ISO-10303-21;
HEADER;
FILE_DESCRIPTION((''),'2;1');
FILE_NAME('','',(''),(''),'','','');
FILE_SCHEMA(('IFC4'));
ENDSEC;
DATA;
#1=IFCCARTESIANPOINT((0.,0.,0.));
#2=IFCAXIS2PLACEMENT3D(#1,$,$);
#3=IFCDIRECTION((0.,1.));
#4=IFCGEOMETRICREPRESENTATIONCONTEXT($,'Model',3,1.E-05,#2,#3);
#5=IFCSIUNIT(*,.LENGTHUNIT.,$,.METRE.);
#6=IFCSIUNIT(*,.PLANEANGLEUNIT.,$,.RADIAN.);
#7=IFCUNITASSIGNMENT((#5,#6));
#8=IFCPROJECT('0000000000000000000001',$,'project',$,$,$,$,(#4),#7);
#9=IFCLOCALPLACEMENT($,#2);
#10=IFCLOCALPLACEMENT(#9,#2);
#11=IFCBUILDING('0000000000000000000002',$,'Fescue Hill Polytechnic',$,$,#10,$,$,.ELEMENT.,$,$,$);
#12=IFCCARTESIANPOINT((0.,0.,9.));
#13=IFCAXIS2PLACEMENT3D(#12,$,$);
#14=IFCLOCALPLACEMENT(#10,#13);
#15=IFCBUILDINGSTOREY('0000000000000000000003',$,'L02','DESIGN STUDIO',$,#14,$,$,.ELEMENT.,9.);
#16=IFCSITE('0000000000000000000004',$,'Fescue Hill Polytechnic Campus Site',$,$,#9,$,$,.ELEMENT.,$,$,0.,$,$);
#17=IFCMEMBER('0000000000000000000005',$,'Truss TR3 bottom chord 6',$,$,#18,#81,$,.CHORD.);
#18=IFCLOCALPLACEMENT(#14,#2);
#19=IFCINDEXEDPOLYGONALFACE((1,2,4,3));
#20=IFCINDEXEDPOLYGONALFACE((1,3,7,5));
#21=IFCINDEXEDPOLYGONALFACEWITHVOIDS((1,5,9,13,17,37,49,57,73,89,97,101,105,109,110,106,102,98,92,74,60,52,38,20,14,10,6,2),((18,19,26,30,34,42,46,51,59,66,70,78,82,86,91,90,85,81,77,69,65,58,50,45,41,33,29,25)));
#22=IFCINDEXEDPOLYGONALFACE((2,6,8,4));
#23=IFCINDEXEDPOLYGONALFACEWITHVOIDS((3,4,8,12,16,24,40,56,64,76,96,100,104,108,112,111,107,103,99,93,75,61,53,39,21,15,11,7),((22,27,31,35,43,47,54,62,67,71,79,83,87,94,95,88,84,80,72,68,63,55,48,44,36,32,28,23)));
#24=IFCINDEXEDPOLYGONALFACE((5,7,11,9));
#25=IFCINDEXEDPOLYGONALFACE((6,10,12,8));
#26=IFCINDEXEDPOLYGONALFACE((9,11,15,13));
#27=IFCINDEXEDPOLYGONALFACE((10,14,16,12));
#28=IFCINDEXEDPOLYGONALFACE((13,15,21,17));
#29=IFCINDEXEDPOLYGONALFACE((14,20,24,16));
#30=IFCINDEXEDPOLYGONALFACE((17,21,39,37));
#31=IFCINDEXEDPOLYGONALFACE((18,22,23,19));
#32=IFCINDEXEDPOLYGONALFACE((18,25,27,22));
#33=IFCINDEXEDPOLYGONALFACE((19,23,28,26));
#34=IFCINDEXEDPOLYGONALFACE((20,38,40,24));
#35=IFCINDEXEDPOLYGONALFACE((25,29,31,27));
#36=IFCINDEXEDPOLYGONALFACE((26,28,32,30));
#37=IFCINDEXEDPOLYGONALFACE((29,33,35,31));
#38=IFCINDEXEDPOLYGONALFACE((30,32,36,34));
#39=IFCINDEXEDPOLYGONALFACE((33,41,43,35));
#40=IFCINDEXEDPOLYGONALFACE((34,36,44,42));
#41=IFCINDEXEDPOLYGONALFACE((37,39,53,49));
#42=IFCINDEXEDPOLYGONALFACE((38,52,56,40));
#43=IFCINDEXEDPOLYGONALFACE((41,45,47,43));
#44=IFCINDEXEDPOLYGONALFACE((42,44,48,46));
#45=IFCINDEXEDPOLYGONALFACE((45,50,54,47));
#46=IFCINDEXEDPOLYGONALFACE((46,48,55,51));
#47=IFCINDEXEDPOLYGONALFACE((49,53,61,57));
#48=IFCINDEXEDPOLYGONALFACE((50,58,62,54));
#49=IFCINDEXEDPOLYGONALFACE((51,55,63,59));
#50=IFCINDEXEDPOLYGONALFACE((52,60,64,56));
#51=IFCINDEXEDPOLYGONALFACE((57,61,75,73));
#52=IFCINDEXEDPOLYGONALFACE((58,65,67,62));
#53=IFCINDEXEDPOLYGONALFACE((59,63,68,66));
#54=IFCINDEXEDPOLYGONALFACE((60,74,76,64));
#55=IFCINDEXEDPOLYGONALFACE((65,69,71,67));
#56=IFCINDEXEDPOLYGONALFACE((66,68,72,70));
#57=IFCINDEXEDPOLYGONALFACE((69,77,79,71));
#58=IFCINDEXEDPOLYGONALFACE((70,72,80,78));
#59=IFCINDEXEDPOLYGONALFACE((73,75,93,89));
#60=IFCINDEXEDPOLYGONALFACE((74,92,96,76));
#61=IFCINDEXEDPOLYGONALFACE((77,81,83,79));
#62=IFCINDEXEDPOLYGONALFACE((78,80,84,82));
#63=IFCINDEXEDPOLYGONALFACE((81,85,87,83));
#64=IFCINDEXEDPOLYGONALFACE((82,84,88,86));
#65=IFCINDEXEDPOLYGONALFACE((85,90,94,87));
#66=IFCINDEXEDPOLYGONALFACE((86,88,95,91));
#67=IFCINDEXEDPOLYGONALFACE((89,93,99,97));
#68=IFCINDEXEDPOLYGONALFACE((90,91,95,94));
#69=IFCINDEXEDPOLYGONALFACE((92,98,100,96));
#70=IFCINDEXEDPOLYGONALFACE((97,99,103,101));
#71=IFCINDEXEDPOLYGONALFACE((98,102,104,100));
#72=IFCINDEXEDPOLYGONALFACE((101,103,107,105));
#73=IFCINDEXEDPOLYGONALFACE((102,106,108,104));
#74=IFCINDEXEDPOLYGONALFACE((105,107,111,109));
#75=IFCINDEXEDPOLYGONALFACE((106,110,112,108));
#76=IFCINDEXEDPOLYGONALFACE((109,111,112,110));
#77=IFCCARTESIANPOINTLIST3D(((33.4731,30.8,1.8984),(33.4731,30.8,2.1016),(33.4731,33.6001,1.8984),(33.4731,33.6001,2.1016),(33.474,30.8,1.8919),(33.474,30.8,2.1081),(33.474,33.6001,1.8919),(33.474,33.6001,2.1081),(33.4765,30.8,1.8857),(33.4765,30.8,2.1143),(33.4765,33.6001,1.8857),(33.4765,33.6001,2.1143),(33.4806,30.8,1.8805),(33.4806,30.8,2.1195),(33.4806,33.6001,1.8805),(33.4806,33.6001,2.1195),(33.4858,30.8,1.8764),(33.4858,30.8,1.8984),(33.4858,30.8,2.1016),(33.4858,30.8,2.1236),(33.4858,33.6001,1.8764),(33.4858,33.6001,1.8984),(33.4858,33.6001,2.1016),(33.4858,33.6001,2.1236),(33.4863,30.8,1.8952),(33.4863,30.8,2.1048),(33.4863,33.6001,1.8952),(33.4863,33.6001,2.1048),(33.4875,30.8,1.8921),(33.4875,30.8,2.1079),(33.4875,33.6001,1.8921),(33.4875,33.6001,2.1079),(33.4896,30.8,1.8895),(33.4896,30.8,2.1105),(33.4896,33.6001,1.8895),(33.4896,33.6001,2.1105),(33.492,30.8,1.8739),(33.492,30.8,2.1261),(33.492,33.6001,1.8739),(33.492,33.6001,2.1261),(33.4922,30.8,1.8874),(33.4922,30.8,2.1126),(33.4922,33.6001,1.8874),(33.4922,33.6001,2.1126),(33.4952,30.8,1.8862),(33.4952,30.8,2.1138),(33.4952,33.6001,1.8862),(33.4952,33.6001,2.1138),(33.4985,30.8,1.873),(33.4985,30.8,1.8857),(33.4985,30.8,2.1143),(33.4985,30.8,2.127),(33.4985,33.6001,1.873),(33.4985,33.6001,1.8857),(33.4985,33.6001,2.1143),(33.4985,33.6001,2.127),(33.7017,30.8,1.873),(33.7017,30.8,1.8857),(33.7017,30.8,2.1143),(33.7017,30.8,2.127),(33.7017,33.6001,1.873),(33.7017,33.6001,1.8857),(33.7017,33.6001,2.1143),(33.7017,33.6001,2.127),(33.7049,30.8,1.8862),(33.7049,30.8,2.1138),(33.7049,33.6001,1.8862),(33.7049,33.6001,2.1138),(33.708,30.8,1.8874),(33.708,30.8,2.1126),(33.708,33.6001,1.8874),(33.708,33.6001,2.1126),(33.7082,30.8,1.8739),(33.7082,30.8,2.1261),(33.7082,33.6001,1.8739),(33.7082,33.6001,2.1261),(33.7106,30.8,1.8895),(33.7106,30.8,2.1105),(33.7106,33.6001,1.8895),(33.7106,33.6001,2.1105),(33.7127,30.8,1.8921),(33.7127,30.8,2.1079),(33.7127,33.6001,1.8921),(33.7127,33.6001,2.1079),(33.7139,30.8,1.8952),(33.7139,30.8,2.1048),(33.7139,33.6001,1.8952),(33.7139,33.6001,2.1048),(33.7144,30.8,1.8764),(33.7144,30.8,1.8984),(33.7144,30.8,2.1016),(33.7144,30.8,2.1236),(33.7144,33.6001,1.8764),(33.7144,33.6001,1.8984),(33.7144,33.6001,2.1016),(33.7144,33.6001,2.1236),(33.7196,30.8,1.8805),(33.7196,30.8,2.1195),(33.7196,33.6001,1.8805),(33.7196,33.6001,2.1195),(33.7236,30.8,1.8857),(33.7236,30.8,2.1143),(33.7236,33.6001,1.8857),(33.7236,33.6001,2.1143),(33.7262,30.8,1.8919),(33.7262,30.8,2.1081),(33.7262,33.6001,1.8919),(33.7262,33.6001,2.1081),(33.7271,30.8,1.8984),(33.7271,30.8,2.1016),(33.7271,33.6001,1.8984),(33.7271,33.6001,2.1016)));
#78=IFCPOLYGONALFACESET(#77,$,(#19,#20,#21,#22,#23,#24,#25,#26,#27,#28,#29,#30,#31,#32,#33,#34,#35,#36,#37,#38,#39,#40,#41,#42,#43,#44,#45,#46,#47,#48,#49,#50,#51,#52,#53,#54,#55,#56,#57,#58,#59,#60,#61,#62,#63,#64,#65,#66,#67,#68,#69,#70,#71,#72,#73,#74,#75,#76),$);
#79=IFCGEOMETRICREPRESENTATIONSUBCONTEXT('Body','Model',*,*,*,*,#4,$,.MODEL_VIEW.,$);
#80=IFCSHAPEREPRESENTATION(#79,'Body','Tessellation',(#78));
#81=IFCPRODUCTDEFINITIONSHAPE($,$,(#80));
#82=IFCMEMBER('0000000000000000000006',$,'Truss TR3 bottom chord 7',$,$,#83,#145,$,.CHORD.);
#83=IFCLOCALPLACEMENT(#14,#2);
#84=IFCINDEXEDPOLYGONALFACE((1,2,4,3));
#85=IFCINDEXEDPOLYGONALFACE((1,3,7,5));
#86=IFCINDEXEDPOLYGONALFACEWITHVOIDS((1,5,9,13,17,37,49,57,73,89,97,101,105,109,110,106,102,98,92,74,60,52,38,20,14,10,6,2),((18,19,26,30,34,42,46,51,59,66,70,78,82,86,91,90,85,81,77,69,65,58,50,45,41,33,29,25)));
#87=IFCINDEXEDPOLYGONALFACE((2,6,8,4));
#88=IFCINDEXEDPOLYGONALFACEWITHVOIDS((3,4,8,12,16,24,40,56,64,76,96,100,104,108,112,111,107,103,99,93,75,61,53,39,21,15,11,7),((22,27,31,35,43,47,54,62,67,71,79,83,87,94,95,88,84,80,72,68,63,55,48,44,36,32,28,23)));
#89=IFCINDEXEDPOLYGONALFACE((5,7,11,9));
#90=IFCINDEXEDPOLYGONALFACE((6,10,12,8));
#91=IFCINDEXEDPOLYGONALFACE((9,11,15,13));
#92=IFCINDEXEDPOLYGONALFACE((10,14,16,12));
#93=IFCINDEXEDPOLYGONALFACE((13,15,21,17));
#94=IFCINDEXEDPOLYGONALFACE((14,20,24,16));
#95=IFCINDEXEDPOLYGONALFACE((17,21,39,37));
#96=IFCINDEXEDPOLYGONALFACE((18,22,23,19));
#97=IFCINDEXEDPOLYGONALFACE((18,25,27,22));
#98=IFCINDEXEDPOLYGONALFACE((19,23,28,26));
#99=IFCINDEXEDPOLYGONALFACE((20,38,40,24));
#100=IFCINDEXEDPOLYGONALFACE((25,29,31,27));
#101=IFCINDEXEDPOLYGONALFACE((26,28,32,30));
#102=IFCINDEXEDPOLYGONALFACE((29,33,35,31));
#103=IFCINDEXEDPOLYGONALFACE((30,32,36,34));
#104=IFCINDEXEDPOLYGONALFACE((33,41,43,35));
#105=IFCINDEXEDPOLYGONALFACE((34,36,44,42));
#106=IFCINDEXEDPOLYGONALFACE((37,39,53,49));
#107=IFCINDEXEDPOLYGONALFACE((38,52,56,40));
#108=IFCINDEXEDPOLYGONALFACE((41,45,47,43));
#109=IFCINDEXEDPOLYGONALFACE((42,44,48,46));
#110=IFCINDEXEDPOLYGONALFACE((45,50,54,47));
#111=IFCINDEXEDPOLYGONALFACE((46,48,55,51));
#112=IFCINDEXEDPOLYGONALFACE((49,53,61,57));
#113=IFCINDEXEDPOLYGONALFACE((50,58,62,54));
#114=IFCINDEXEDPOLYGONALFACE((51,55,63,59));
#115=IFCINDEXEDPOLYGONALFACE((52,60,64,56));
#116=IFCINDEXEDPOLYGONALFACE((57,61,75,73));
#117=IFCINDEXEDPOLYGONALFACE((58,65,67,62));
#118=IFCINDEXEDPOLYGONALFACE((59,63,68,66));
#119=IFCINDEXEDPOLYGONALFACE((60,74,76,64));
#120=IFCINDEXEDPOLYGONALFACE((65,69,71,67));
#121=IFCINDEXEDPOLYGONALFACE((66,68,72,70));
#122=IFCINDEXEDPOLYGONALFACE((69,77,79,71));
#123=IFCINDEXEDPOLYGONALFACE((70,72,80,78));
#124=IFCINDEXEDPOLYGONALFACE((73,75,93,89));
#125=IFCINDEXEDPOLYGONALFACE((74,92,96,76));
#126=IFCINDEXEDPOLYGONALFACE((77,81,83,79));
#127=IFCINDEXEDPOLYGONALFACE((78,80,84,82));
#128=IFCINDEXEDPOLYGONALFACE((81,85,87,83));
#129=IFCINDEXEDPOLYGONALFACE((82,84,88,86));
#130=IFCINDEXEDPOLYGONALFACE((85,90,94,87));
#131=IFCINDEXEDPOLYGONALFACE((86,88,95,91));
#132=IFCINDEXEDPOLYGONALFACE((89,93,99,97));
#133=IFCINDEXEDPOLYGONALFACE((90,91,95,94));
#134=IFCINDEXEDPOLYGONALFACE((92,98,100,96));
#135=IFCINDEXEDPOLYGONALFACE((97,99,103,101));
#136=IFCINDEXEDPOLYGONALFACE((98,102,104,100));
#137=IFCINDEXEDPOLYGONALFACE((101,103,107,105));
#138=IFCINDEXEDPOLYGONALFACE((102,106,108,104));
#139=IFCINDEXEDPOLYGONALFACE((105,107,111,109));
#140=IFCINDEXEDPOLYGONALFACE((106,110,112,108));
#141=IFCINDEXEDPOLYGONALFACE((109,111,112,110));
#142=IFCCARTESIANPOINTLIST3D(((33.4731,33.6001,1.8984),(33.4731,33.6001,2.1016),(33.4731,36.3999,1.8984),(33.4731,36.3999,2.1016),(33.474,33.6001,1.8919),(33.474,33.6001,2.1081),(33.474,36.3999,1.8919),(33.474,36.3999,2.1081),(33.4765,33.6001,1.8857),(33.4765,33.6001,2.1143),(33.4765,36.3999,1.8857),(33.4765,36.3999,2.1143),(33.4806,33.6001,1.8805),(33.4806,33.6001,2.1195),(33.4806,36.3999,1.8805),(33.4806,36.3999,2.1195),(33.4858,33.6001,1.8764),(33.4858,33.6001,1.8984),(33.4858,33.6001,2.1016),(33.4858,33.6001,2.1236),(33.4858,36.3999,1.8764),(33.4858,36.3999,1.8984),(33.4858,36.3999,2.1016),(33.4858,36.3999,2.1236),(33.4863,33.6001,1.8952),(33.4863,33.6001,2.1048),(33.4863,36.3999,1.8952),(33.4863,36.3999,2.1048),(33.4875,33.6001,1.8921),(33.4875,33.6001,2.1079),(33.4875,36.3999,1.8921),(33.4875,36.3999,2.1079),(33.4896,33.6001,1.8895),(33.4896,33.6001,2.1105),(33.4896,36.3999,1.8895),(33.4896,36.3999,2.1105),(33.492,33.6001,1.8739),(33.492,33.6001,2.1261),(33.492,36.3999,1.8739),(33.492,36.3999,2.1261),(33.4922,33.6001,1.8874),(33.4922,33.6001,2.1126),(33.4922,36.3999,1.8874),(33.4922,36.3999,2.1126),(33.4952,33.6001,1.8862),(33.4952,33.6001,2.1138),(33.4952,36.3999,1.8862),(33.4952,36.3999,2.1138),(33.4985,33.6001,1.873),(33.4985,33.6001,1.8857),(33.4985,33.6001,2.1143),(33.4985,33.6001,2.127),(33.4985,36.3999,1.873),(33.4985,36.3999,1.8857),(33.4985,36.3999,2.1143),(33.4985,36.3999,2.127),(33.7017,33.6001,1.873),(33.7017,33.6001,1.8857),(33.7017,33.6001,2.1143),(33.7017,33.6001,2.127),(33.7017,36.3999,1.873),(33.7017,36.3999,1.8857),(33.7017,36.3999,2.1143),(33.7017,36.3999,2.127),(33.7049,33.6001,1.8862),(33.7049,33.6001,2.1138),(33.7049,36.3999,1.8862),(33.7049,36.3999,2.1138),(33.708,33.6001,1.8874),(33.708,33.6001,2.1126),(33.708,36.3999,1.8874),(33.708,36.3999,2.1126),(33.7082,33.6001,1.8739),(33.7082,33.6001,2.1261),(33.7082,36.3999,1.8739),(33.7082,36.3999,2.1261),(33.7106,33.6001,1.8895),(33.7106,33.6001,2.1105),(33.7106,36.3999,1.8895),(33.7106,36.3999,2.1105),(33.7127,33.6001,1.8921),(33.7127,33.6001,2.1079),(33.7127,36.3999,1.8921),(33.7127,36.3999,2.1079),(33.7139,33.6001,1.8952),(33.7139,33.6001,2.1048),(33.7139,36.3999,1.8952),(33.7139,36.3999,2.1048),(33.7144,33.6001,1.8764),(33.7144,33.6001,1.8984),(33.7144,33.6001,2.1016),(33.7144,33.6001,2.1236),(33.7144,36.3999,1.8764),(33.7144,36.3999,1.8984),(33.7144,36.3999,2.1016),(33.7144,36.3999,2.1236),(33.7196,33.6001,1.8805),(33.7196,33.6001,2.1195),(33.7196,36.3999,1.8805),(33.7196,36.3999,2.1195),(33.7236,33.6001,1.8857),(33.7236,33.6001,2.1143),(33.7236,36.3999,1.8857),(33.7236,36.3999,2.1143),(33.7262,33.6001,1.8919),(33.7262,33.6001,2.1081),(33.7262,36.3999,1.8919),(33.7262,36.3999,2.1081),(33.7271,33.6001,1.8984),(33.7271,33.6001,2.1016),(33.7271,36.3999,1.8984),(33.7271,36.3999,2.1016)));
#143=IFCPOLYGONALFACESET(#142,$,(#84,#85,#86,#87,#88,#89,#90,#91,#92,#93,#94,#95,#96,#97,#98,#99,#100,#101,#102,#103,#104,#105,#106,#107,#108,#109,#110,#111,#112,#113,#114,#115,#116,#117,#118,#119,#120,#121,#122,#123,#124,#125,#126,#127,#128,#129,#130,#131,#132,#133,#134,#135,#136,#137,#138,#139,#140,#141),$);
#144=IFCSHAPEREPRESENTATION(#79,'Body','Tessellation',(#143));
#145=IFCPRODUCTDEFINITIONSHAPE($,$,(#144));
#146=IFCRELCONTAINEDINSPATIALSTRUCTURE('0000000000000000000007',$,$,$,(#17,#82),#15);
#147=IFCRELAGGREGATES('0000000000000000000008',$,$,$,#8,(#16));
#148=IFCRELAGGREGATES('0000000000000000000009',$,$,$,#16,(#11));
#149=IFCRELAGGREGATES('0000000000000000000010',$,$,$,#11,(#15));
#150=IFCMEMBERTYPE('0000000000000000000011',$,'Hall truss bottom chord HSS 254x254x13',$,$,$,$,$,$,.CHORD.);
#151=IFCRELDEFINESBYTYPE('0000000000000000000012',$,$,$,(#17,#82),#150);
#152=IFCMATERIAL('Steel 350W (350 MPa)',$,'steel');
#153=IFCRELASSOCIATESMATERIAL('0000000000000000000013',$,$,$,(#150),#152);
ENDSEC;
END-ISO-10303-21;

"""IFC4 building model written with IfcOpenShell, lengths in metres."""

from ifc_helpers import new_model, si_unit, direction, frame, origin, origin_2d, place, context, subcontext, project, spatial, hollow_rectangle, extrude, material, material_profile, profile_set, type_object, element, save


model = new_model("IFC4")

# Units and contexts
model_context = context("Model", 3, precision=1e-05, world=origin(), true_north=direction((0.0, 1.0)))
body_context = subcontext(model_context, "Body", "Model", "MODEL_VIEW")
ifc_project = project(units=[si_unit("LENGTHUNIT", "METRE"), si_unit("PLANEANGLEUNIT", "RADIAN")], contexts=[model_context])

# Site, building, storey
site_placement = place(None, origin())
site = spatial("IfcSite", under=ifc_project, at=site_placement, Name="Fescue Hill Polytechnic Campus Site", CompositionType="ELEMENT", RefElevation=0.0)
building_placement = place(site_placement, origin())
building = spatial("IfcBuilding", under=site, at=building_placement, Name="Fescue Hill Polytechnic", CompositionType="ELEMENT")
storey_placement = place(building_placement, frame((0.0, 0.0, 9.0)))
storey = spatial("IfcBuildingStorey", under=building, at=storey_placement, Name="L02", Description="DESIGN STUDIO", CompositionType="ELEMENT", Elevation=9.0)

# Members
ifc_material = material(Name="Steel 350W (350 MPa)", Category="steel")
ifc_material_profile_1 = material_profile(ifc_material, hollow_rectangle(XDim=0.2539, YDim=0.2539, WallThickness=0.0127, InnerFilletRadius=0.0127, OuterFilletRadius=0.0254, at=origin_2d()), Name="Hall truss bottom chord HSS 254x254x13")
ifc_profile_set_1 = profile_set([ifc_material_profile_1], Name="Steel 350W (350 MPa)")
member_type_1 = type_object("IfcMemberType", Name="Hall truss bottom chord HSS 254x254x13", PredefinedType="CHORD", material=ifc_profile_set_1)
for number, where, z_axis, x_axis, name in (
    (1, (33.6001, 30.8, 2.0), (0.0, 1.0, 0.0), (-1.0, 0.0, 0.0), "Truss TR3 bottom chord 6"),
):
    element("IfcMember", number, at=place(storey_placement, frame(where, z_axis=z_axis, x_axis=x_axis)), inside=storey, type_object=member_type_1, Name=name, PredefinedType="CHORD", context=body_context, shape_type="SweptSolid", body=[
        extrude(hollow_rectangle(XDim=0.2539, YDim=0.2539, WallThickness=0.0127, InnerFilletRadius=0.0127, OuterFilletRadius=0.0254, at=origin_2d()), origin(), (0.0, 0.0, 1.0), 2.8),
    ])
member_1_placement = place(storey_placement, frame((33.6001, 33.6001, 2.0), z_axis=(0.0, 1.0, 0.0), x_axis=(-1.0, 0.0, 0.0)))
element("IfcMember", 2, at=member_1_placement, inside=storey, type_object=member_type_1, Name="Truss TR3 bottom chord 7", PredefinedType="CHORD", context=body_context, shape_type="SweptSolid", body=[
    extrude(hollow_rectangle(XDim=0.2539, YDim=0.2539, WallThickness=0.0127, InnerFilletRadius=0.0127, OuterFilletRadius=0.0254, at=origin_2d()), origin(), (0.0, 0.0, 1.0), 2.7998),
])

save(model, "model.ifc")
